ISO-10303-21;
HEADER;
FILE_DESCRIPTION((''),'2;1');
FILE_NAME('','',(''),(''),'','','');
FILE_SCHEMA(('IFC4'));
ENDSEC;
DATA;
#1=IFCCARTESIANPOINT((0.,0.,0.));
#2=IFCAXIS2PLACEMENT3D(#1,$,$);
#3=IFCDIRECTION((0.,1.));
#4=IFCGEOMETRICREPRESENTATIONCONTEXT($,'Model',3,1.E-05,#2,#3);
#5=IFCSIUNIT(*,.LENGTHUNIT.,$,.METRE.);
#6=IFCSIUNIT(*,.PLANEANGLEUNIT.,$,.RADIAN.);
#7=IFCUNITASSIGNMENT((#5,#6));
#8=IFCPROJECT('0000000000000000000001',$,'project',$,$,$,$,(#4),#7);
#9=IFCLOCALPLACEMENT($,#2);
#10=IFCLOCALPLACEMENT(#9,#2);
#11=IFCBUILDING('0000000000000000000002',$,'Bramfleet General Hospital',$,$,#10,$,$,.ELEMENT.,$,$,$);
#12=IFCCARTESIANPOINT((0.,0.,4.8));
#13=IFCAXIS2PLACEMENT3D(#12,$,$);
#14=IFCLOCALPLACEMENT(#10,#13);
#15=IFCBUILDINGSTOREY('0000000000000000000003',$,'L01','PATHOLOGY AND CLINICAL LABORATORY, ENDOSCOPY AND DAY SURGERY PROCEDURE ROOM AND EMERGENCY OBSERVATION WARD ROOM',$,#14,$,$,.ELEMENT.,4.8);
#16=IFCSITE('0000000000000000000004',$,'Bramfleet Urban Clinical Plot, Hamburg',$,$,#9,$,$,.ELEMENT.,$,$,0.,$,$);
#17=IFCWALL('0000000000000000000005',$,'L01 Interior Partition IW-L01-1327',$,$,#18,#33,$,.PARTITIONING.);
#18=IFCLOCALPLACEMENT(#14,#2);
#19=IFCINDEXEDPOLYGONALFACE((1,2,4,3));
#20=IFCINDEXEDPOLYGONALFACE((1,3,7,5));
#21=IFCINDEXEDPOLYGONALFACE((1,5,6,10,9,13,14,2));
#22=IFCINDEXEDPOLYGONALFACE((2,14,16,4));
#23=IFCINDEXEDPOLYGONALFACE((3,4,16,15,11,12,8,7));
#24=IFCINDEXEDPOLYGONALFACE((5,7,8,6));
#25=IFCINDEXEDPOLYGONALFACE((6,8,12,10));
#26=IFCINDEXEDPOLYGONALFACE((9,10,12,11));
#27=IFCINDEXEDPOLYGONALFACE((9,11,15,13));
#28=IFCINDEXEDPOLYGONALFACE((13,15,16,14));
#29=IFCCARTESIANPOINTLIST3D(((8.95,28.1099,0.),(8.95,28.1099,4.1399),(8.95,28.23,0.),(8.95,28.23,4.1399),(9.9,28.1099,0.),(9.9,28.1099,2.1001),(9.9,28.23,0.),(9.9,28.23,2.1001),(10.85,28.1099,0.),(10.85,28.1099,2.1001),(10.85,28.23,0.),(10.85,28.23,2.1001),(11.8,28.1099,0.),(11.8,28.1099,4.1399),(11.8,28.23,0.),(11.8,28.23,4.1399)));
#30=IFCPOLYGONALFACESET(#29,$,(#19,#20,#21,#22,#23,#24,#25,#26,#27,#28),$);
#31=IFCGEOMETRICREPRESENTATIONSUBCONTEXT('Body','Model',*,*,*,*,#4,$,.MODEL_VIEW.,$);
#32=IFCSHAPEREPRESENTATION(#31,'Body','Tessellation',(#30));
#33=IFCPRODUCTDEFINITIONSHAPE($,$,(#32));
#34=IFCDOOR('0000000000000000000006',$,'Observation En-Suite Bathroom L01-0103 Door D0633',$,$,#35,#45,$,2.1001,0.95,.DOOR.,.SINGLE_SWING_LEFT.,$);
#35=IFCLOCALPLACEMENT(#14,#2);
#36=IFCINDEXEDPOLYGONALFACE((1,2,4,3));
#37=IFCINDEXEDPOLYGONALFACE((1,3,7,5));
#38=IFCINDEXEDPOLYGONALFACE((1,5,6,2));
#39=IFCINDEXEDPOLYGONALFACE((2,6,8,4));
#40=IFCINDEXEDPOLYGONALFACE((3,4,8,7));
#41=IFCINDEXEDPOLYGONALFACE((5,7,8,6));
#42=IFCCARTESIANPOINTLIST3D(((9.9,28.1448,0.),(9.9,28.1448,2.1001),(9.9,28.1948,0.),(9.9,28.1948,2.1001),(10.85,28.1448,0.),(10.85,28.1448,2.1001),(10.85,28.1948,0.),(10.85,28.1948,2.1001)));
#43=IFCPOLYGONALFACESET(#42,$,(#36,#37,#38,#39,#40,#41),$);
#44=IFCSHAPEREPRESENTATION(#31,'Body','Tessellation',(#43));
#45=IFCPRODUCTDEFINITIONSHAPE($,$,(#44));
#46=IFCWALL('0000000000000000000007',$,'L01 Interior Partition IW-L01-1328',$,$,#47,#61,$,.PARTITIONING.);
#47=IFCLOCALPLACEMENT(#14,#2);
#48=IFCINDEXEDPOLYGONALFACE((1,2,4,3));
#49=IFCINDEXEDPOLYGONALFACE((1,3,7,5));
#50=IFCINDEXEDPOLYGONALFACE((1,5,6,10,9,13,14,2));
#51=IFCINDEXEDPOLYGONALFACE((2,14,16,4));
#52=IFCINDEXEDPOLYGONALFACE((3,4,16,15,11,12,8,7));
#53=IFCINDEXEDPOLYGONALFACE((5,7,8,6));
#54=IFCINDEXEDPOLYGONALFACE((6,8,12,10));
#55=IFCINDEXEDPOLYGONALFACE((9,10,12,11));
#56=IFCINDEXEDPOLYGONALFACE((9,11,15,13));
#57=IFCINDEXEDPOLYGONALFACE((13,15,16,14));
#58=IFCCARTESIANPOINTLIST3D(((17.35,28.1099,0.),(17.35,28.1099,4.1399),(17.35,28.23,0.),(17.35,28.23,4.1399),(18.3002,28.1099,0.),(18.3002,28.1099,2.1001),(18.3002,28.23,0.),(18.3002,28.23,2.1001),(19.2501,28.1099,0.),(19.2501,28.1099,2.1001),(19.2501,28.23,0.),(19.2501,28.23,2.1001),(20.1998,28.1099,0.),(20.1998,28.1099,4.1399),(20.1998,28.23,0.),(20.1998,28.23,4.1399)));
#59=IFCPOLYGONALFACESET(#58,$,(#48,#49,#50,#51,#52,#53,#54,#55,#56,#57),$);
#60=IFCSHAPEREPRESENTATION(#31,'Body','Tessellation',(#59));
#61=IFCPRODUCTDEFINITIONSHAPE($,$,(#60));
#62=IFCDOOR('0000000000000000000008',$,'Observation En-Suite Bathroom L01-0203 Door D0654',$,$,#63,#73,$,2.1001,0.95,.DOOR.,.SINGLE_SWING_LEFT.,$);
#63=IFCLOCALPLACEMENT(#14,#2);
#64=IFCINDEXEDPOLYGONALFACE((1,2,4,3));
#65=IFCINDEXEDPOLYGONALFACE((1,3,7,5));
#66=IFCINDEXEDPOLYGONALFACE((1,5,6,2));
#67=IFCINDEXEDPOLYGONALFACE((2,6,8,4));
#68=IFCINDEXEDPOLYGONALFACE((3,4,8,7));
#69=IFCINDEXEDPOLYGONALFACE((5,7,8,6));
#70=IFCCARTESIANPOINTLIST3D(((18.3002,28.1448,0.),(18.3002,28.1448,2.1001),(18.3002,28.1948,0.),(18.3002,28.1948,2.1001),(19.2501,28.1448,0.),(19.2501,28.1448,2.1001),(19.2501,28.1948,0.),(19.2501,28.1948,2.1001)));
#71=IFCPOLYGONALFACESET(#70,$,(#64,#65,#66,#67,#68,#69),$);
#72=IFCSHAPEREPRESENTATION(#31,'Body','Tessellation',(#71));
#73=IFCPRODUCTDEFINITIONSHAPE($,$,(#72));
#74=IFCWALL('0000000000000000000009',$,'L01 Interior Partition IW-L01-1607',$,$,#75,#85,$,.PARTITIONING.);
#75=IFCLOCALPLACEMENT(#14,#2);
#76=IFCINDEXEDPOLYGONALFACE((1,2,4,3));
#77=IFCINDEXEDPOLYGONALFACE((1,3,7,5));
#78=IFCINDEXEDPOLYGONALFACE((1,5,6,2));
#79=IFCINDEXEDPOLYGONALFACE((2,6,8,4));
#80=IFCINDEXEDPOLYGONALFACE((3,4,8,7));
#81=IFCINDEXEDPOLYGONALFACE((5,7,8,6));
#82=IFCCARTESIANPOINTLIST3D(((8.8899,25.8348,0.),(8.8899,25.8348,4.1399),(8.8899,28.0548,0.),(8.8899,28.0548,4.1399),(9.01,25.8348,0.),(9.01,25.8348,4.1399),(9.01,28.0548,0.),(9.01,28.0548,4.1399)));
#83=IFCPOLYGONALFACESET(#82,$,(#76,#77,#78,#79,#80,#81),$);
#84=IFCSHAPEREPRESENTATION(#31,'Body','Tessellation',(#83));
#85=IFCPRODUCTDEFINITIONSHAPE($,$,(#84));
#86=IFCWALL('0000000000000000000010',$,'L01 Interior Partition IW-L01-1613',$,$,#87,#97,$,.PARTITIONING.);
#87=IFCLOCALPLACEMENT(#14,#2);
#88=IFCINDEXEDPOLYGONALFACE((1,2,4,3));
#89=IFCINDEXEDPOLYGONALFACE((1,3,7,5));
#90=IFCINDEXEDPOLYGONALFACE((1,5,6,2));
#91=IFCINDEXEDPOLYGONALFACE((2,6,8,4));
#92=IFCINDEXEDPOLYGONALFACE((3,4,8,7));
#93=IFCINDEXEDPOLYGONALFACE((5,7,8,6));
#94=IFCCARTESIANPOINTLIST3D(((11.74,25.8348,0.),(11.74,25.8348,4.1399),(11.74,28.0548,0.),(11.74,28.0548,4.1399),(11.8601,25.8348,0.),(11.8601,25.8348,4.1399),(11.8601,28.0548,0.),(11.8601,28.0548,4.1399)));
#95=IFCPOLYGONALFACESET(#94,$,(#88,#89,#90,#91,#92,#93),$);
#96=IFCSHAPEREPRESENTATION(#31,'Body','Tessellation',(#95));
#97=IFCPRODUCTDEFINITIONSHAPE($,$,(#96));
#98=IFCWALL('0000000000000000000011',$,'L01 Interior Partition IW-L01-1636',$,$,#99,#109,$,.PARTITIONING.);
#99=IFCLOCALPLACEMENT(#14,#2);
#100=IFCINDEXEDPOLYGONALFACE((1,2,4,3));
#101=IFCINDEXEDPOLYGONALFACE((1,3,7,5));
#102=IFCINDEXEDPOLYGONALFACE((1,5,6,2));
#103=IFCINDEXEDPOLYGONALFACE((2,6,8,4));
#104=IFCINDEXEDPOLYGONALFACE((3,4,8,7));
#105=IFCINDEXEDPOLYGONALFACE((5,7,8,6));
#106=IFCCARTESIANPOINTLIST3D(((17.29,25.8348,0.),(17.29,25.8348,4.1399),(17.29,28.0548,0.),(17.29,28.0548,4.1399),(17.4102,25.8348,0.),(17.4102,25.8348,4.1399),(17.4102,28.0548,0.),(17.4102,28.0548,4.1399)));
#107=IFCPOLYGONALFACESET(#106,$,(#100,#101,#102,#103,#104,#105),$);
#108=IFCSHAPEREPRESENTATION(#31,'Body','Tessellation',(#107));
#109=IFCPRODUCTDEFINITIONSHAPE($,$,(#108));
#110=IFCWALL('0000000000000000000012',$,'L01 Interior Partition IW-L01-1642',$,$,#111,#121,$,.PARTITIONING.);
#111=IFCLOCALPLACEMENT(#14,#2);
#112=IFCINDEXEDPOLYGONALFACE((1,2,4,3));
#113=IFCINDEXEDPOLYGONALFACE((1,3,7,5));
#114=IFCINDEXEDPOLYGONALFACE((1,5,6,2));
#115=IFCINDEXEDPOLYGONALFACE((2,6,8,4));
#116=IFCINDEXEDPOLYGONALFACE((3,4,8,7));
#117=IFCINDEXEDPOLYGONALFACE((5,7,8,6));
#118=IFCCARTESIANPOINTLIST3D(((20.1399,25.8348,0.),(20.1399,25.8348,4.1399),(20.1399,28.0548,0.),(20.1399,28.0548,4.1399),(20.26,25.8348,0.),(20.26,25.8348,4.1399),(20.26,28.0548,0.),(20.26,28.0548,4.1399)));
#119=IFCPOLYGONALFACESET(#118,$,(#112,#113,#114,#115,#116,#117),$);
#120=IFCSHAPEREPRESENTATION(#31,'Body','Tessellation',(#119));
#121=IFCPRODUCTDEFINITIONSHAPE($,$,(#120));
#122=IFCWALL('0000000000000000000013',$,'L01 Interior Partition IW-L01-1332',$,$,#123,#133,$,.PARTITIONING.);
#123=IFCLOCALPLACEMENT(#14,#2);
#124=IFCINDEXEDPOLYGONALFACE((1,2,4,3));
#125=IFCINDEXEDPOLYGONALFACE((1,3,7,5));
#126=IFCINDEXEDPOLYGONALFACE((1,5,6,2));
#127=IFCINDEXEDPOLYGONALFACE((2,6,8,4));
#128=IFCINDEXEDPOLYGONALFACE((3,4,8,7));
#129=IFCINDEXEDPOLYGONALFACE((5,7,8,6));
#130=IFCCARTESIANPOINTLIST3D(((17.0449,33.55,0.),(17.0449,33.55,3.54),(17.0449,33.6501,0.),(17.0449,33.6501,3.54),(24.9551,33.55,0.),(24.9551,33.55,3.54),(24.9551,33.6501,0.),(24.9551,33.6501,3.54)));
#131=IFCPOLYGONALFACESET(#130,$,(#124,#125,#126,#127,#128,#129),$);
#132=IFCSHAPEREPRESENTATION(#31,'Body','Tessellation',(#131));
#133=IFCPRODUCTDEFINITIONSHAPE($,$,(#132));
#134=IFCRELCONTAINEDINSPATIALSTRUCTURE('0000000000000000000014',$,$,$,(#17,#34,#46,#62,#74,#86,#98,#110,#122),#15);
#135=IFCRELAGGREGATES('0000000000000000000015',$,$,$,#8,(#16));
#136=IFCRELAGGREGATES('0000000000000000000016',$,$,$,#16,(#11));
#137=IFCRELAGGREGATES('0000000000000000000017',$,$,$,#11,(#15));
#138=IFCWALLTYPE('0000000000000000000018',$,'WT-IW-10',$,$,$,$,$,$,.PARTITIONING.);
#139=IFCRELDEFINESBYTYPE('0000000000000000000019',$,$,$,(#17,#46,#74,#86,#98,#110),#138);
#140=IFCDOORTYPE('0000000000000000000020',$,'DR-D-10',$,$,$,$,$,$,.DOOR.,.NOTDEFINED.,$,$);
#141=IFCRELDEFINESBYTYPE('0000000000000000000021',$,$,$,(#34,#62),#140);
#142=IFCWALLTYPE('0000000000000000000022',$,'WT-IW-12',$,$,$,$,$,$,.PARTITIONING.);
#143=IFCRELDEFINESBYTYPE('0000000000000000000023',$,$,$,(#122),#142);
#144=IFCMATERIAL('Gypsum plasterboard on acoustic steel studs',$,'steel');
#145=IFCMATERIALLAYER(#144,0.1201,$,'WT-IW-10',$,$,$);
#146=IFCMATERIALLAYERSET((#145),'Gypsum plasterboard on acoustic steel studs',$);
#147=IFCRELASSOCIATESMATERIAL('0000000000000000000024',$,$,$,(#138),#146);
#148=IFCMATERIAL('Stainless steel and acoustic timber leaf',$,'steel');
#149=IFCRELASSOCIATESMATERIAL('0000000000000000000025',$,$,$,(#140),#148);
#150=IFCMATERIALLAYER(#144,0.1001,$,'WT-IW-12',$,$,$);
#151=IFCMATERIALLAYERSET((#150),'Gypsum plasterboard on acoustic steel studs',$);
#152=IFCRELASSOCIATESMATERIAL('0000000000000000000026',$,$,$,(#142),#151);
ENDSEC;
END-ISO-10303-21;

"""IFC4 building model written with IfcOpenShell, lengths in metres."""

from ifc_helpers import new_model, si_unit, direction, frame, frame_2d, origin, place, context, subcontext, project, spatial, rectangle, extrude, material, layer, layer_set, type_object, element, fill, save


model = new_model("IFC4")

# Units and contexts
model_context = context("Model", 3, precision=1e-05, world=origin(), true_north=direction((0.0, 1.0)))
body_context = subcontext(model_context, "Body", "Model", "MODEL_VIEW")
ifc_project = project(units=[si_unit("LENGTHUNIT", "METRE"), si_unit("PLANEANGLEUNIT", "RADIAN")], contexts=[model_context])

# Site, building, storey
site_placement = place(None, origin())
site = spatial("IfcSite", under=ifc_project, at=site_placement, Name="Bramfleet Urban Clinical Plot, Hamburg", CompositionType="ELEMENT", RefElevation=0.0)
building_placement = place(site_placement, origin())
building = spatial("IfcBuilding", under=site, at=building_placement, Name="Bramfleet General Hospital", CompositionType="ELEMENT")
storey_placement = place(building_placement, frame((0.0, 0.0, 4.8)))
storey = spatial("IfcBuildingStorey", under=building, at=storey_placement, Name="L01", Description="PATHOLOGY AND CLINICAL LABORATORY, ENDOSCOPY AND DAY SURGERY PROCEDURE ROOM AND EMERGENCY OBSERVATION WARD ROOM", CompositionType="ELEMENT", Elevation=4.8)

# Shared definitions
ifc_material_1 = material(Name="Gypsum plasterboard on acoustic steel studs", Category="steel")
ifc_layer_1 = layer(ifc_material_1, 0.1201, Name="WT-IW-10")
ifc_layer_set_1 = layer_set([ifc_layer_1], Name="Gypsum plasterboard on acoustic steel studs")
wall_type_1 = type_object("IfcWallType", Name="WT-IW-10", PredefinedType="PARTITIONING", material=ifc_layer_set_1)

# Walls, openings, doors
wall_1_placement = place(storey_placement, frame((8.95, 28.1699, 0.0), z_axis=(0.0, 0.0, 1.0), x_axis=(1.0, 0.0, 0.0)))
wall_1 = element("IfcWall", 1, at=wall_1_placement, inside=storey, type_object=wall_type_1, Name="L01 Interior Partition IW-L01-1327", PredefinedType="PARTITIONING", context=body_context, shape_type="SweptSolid", body=[
    extrude(rectangle(XDim=2.8501, YDim=0.1201, at=frame_2d((1.425, 0.0))), origin(), (0.0, 0.0, 1.0), 4.1399),
])
opening_1_placement = place(wall_1_placement, frame((0.95, 0.0, 0.0)))
opening_1 = element("IfcOpeningElement", 2, at=opening_1_placement, cuts=wall_1, PredefinedType="OPENING", context=body_context, shape_type="SweptSolid", body=[
    extrude(rectangle(XDim=0.95, YDim=2.1001, at=frame_2d((0.4751, 1.05))), frame((0.0, 0.0701, 0.0), z_axis=(0.0, -1.0, 0.0), x_axis=(1.0, 0.0, 0.0)), (0.0, 0.0, 1.0), 0.1401),
])
ifc_material_2 = material(Name="Stainless steel and acoustic timber leaf", Category="steel")
door_type = type_object("IfcDoorType", Name="DR-D-10", OperationType="NOTDEFINED", PredefinedType="DOOR", material=ifc_material_2)
door_1_placement = place(opening_1_placement, origin())
door_1 = element("IfcDoor", 3, at=door_1_placement, inside=storey, type_object=door_type, Name="Observation En-Suite Bathroom L01-0103 Door D0633", OperationType="SINGLE_SWING_LEFT", OverallHeight=2.1001, OverallWidth=0.95, PredefinedType="DOOR", context=body_context, shape_type="SweptSolid", body=[
    extrude(rectangle(XDim=0.95, YDim=2.1001, at=frame_2d((0.4751, 1.05))), frame((0.0, 0.0249, 0.0), z_axis=(0.0, -1.0, 0.0), x_axis=(1.0, 0.0, 0.0)), (0.0, 0.0, 1.0), 0.05),
])
fill(opening_1, door_1)
wall_2_placement = place(storey_placement, frame((17.3501, 28.1699, 0.0), z_axis=(0.0, 0.0, 1.0), x_axis=(1.0, 0.0, 0.0)))
wall_2 = element("IfcWall", 4, at=wall_2_placement, inside=storey, type_object=wall_type_1, Name="L01 Interior Partition IW-L01-1328", PredefinedType="PARTITIONING", context=body_context, shape_type="SweptSolid", body=[
    extrude(rectangle(XDim=2.8499, YDim=0.1201, at=frame_2d((1.4248, 0.0))), origin(), (0.0, 0.0, 1.0), 4.1399),
])
opening_2_placement = place(wall_2_placement, frame((0.95, 0.0, 0.0)))
opening_2 = element("IfcOpeningElement", 5, at=opening_2_placement, cuts=wall_2, PredefinedType="OPENING", context=body_context, shape_type="SweptSolid", body=[
    extrude(rectangle(XDim=0.95, YDim=2.1001, at=frame_2d((0.4751, 1.05))), frame((0.0, 0.0701, 0.0), z_axis=(0.0, -1.0, 0.0), x_axis=(1.0, 0.0, 0.0)), (0.0, 0.0, 1.0), 0.1401),
])
door_2_placement = place(opening_2_placement, origin())
door_2 = element("IfcDoor", 6, at=door_2_placement, inside=storey, type_object=door_type, Name="Observation En-Suite Bathroom L01-0203 Door D0654", OperationType="SINGLE_SWING_LEFT", OverallHeight=2.1001, OverallWidth=0.95, PredefinedType="DOOR", context=body_context, shape_type="SweptSolid", body=[
    extrude(rectangle(XDim=0.95, YDim=2.1001, at=frame_2d((0.4751, 1.05))), frame((0.0, 0.0249, 0.0), z_axis=(0.0, -1.0, 0.0), x_axis=(1.0, 0.0, 0.0)), (0.0, 0.0, 1.0), 0.05),
])
fill(opening_2, door_2)

# Walls
for number, where, z_axis, x_axis, name in (
    (7, (8.95, 25.835, 0.0), (0.0, 0.0, 1.0), (0.0, 1.0, 0.0), "L01 Interior Partition IW-L01-1607"),
    (8, (11.8, 25.835, 0.0), (0.0, 0.0, 1.0), (0.0, 1.0, 0.0), "L01 Interior Partition IW-L01-1613"),
    (9, (17.3501, 25.835, 0.0), (0.0, 0.0, 1.0), (0.0, 1.0, 0.0), "L01 Interior Partition IW-L01-1636"),
    (10, (20.2, 25.835, 0.0), (0.0, 0.0, 1.0), (0.0, 1.0, 0.0), "L01 Interior Partition IW-L01-1642"),
):
    element("IfcWall", number, at=place(storey_placement, frame(where, z_axis=z_axis, x_axis=x_axis)), inside=storey, type_object=wall_type_1, Name=name, PredefinedType="PARTITIONING", context=body_context, shape_type="SweptSolid", body=[
        extrude(rectangle(XDim=2.22, YDim=0.1201, at=frame_2d((1.1099, 0.0))), origin(), (0.0, 0.0, 1.0), 4.1399),
    ])
ifc_layer_2 = layer(ifc_material_1, 0.1001, Name="WT-IW-12")
ifc_layer_set_2 = layer_set([ifc_layer_2], Name="Gypsum plasterboard on acoustic steel studs")
wall_type_2 = type_object("IfcWallType", Name="WT-IW-12", PredefinedType="PARTITIONING", material=ifc_layer_set_2)
wall_3_placement = place(storey_placement, frame((17.0449, 33.6001, 0.0), z_axis=(0.0, 0.0, 1.0), x_axis=(1.0, 0.0, 0.0)))
element("IfcWall", 11, at=wall_3_placement, inside=storey, type_object=wall_type_2, Name="L01 Interior Partition IW-L01-1332", PredefinedType="PARTITIONING", context=body_context, shape_type="SweptSolid", body=[
    extrude(rectangle(XDim=7.9102, YDim=0.1001, at=frame_2d((3.9551, 0.0))), origin(), (0.0, 0.0, 1.0), 3.54),
])

save(model, "model.ifc")
